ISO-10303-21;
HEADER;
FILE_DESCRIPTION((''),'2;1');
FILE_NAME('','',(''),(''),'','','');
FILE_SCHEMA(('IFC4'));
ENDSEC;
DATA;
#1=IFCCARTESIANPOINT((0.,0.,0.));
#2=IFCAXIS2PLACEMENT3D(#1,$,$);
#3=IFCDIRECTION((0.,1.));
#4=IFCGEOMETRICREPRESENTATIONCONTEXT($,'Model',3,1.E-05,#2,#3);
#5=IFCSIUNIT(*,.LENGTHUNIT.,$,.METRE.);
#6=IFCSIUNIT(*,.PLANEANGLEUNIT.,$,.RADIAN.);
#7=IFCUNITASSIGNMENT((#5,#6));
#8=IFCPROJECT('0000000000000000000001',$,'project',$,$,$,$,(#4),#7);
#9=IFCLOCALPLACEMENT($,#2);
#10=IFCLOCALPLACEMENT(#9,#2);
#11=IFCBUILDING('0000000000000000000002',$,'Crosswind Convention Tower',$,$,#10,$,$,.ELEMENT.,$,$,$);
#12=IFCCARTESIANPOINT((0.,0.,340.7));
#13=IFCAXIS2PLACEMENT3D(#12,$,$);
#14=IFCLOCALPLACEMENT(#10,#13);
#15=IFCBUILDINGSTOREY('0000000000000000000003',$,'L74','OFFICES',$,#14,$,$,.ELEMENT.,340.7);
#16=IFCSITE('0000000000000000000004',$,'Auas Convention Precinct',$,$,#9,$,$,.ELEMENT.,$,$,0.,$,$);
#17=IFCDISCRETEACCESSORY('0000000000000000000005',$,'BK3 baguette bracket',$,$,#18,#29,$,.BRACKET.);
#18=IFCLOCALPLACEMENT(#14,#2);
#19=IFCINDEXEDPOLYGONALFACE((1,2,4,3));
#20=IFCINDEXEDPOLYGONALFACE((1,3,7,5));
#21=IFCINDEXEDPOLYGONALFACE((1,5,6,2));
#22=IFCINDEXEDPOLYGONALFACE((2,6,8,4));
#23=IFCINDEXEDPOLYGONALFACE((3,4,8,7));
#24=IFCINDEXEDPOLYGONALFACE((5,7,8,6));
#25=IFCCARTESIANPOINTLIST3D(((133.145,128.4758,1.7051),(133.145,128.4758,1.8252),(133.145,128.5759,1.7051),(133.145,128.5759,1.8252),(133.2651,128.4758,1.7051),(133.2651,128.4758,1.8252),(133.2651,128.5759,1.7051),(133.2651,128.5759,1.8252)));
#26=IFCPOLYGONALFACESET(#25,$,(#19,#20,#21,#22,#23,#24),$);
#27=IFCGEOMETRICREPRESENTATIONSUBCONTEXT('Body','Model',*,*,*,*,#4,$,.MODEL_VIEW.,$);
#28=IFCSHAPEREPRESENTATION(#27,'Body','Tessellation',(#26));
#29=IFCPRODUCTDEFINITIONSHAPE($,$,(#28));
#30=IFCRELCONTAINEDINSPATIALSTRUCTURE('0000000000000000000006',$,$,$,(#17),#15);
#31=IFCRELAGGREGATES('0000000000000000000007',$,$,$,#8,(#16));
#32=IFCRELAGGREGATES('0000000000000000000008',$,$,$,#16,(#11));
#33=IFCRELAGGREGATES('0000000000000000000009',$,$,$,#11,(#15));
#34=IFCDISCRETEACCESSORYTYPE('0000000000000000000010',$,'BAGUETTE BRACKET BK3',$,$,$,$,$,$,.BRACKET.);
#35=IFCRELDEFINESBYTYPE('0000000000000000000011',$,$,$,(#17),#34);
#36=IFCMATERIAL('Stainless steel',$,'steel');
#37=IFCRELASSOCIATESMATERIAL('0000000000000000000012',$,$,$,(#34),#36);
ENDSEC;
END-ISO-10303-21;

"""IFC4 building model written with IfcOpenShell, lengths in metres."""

from ifc_helpers import new_model, si_unit, direction, frame, origin, origin_2d, place, context, subcontext, project, spatial, rectangle, extrude, material, type_object, element, save


model = new_model("IFC4")

# Units and contexts
model_context = context("Model", 3, precision=1e-05, world=origin(), true_north=direction((0.0, 1.0)))
body_context = subcontext(model_context, "Body", "Model", "MODEL_VIEW")
ifc_project = project(units=[si_unit("LENGTHUNIT", "METRE"), si_unit("PLANEANGLEUNIT", "RADIAN")], contexts=[model_context])

# Site, building, storey
site_placement = place(None, origin())
site = spatial("IfcSite", under=ifc_project, at=site_placement, Name="Auas Convention Precinct", CompositionType="ELEMENT", RefElevation=0.0)
building_placement = place(site_placement, origin())
building = spatial("IfcBuilding", under=site, at=building_placement, Name="Crosswind Convention Tower", CompositionType="ELEMENT")
storey_placement = place(building_placement, frame((0.0, 0.0, 340.7)))
storey = spatial("IfcBuildingStorey", under=building, at=storey_placement, Name="L74", Description="OFFICES", CompositionType="ELEMENT", Elevation=340.7)

# Discrete accessory
ifc_material_1 = material(Name="Stainless steel", Category="steel")
discrete_accessory_type = type_object("IfcDiscreteAccessoryType", Name="BAGUETTE BRACKET BK3", PredefinedType="BRACKET", material=ifc_material_1)
discrete_accessory_placement = place(storey_placement, frame((133.2051, 128.5259, 1.7051), z_axis=(0.0, 0.0, 1.0), x_axis=(-1.0, 0.0, 0.0)))
element("IfcDiscreteAccessory", 1, at=discrete_accessory_placement, inside=storey, type_object=discrete_accessory_type, Name="BK3 baguette bracket", PredefinedType="BRACKET", context=body_context, shape_type="SweptSolid", body=[
    extrude(rectangle(XDim=0.1201, YDim=0.1001, at=origin_2d()), origin(), (0.0, 0.0, 1.0), 0.1201),
])

save(model, "model.ifc")
